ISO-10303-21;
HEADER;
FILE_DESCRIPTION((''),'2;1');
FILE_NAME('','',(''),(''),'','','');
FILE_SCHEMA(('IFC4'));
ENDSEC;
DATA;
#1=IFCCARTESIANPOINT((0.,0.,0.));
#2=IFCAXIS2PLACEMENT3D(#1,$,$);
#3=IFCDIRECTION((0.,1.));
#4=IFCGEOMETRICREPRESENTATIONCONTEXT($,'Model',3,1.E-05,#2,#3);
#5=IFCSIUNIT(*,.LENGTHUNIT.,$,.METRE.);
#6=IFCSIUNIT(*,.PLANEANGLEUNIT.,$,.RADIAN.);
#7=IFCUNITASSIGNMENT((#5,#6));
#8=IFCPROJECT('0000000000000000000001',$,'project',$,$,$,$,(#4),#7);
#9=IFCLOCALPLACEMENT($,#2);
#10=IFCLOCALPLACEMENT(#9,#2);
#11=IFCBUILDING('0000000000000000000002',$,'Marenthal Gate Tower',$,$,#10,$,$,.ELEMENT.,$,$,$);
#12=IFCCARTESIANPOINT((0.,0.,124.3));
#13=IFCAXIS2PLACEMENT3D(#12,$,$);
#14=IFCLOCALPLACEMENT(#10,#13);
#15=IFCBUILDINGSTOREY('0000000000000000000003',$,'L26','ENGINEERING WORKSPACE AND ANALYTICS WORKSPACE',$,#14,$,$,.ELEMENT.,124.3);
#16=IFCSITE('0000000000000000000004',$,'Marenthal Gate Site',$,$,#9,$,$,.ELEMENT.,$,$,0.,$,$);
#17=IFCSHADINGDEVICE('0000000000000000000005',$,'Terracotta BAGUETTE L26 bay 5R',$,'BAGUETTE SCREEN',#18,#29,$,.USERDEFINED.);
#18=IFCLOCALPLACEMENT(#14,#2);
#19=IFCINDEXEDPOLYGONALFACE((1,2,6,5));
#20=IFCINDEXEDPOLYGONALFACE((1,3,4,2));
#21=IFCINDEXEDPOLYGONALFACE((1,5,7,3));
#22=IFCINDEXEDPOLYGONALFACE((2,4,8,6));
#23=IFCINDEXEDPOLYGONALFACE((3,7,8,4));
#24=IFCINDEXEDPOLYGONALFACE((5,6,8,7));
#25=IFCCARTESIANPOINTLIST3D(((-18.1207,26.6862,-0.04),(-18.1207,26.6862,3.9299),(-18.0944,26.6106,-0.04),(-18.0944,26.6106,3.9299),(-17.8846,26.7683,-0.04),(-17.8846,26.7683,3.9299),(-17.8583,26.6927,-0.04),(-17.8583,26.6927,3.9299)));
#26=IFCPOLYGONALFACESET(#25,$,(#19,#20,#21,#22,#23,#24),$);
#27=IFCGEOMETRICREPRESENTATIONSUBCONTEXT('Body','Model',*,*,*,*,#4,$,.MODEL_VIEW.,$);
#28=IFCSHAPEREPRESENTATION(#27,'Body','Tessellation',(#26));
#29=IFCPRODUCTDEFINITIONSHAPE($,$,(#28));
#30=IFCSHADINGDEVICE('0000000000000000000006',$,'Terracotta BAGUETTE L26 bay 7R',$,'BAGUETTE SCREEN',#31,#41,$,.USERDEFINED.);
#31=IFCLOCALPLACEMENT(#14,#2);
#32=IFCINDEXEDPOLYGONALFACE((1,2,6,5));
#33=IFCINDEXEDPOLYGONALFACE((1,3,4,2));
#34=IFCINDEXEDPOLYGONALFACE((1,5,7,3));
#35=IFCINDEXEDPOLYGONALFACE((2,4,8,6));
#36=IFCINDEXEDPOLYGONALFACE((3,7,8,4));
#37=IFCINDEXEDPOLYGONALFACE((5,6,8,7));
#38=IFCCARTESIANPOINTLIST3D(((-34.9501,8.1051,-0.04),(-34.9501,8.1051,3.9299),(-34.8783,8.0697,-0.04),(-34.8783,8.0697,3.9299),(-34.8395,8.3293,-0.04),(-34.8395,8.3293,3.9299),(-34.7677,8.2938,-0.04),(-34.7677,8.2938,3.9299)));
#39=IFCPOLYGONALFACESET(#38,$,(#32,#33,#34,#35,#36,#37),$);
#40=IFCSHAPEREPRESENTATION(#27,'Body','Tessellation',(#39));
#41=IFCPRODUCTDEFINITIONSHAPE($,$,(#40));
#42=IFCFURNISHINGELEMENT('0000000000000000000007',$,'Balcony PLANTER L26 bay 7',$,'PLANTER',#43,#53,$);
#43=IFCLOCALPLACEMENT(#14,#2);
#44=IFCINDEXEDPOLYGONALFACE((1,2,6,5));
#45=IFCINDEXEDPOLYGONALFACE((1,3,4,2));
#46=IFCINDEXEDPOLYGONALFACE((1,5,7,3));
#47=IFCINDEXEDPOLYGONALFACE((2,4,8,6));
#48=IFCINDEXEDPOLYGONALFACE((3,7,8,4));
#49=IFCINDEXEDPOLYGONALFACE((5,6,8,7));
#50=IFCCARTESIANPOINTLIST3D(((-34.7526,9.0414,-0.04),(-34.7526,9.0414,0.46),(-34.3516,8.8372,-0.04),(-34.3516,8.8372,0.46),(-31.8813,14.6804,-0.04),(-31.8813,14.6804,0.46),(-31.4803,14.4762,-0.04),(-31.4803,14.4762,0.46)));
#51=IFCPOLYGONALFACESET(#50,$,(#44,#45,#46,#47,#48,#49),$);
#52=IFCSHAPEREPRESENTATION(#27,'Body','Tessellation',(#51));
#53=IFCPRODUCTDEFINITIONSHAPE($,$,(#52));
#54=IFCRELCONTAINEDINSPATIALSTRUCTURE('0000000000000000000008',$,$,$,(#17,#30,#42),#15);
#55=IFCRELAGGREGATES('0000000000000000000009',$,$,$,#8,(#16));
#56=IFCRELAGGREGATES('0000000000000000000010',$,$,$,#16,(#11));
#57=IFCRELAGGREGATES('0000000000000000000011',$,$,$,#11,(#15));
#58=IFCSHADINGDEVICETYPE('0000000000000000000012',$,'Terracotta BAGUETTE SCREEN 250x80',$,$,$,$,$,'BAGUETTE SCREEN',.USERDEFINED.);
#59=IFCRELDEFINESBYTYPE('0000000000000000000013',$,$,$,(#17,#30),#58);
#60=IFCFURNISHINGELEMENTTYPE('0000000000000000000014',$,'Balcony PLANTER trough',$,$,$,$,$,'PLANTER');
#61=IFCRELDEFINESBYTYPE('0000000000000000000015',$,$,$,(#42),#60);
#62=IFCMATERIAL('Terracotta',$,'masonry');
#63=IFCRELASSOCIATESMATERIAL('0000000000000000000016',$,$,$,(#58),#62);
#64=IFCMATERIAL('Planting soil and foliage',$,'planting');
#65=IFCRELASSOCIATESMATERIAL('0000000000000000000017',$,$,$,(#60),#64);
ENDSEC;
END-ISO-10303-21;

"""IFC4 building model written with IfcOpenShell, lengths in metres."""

from ifc_helpers import new_model, si_unit, direction, frame, origin, origin_2d, place, context, subcontext, project, spatial, rectangle, extrude, material, material_profile, profile_set, type_object, element, save


model = new_model("IFC4")

# Units and contexts
model_context = context("Model", 3, precision=1e-05, world=origin(), true_north=direction((0.0, 1.0)))
body_context = subcontext(model_context, "Body", "Model", "MODEL_VIEW")
ifc_project = project(units=[si_unit("LENGTHUNIT", "METRE"), si_unit("PLANEANGLEUNIT", "RADIAN")], contexts=[model_context])

# Site, building, storey
site_placement = place(None, origin())
site = spatial("IfcSite", under=ifc_project, at=site_placement, Name="Marenthal Gate Site", CompositionType="ELEMENT", RefElevation=0.0)
building_placement = place(site_placement, origin())
building = spatial("IfcBuilding", under=site, at=building_placement, Name="Marenthal Gate Tower", CompositionType="ELEMENT")
storey_placement = place(building_placement, frame((0.0, 0.0, 124.3)))
storey = spatial("IfcBuildingStorey", under=building, at=storey_placement, Name="L26", Description="ENGINEERING WORKSPACE AND ANALYTICS WORKSPACE", CompositionType="ELEMENT", Elevation=124.3)

# Shading devices
ifc_material_1 = material(Name="Terracotta", Category="masonry")
ifc_material_profile_1 = material_profile(ifc_material_1, rectangle(XDim=0.25, YDim=0.0801, at=origin_2d()), Name="Terracotta baguette 250x80")
ifc_profile_set_1 = profile_set([ifc_material_profile_1], Name="Terracotta")
shading_device_type = type_object("IfcShadingDeviceType", Name="Terracotta BAGUETTE SCREEN 250x80", ElementType="BAGUETTE SCREEN", PredefinedType="USERDEFINED", material=ifc_profile_set_1)
for number, where, z_axis, x_axis, name in (
    (1, (-17.9895, 26.6895, -0.04), (0.0, 0.0, 1.0), (-0.944576, -0.328292, 0.0), "Terracotta BAGUETTE L26 bay 5R"),
    (2, (-34.8589, 8.1995, -0.04), (0.0, 0.0, 1.0), (-0.442658, -0.896691, 0.0), "Terracotta BAGUETTE L26 bay 7R"),
):
    element("IfcShadingDevice", number, at=place(storey_placement, frame(where, z_axis=z_axis, x_axis=x_axis)), inside=storey, type_object=shading_device_type, Name=name, ObjectType="BAGUETTE SCREEN", PredefinedType="USERDEFINED", context=body_context, shape_type="SweptSolid", body=[
        extrude(rectangle(XDim=0.25, YDim=0.0801, at=origin_2d()), origin(), (0.0, 0.0, 1.0), 3.97),
    ])

# Furnishing element
ifc_material_2 = material(Name="Planting soil and foliage", Category="planting")
furnishing_element_type = type_object("IfcFurnishingElementType", Name="Balcony PLANTER trough", ElementType="PLANTER", material=ifc_material_2)
furnishing_placement = place(storey_placement, frame((-33.1165, 11.7588, -0.04), z_axis=(0.0, 0.0, 1.0), x_axis=(-0.453749, -0.89113, 0.0)))
element("IfcFurnishingElement", 3, at=furnishing_placement, inside=storey, type_object=furnishing_element_type, Name="Balcony PLANTER L26 bay 7", ObjectType="PLANTER", context=body_context, shape_type="SweptSolid", body=[
    extrude(rectangle(XDim=6.3279, YDim=0.45, at=origin_2d()), origin(), (0.0, 0.0, 1.0), 0.5),
])

save(model, "model.ifc")
